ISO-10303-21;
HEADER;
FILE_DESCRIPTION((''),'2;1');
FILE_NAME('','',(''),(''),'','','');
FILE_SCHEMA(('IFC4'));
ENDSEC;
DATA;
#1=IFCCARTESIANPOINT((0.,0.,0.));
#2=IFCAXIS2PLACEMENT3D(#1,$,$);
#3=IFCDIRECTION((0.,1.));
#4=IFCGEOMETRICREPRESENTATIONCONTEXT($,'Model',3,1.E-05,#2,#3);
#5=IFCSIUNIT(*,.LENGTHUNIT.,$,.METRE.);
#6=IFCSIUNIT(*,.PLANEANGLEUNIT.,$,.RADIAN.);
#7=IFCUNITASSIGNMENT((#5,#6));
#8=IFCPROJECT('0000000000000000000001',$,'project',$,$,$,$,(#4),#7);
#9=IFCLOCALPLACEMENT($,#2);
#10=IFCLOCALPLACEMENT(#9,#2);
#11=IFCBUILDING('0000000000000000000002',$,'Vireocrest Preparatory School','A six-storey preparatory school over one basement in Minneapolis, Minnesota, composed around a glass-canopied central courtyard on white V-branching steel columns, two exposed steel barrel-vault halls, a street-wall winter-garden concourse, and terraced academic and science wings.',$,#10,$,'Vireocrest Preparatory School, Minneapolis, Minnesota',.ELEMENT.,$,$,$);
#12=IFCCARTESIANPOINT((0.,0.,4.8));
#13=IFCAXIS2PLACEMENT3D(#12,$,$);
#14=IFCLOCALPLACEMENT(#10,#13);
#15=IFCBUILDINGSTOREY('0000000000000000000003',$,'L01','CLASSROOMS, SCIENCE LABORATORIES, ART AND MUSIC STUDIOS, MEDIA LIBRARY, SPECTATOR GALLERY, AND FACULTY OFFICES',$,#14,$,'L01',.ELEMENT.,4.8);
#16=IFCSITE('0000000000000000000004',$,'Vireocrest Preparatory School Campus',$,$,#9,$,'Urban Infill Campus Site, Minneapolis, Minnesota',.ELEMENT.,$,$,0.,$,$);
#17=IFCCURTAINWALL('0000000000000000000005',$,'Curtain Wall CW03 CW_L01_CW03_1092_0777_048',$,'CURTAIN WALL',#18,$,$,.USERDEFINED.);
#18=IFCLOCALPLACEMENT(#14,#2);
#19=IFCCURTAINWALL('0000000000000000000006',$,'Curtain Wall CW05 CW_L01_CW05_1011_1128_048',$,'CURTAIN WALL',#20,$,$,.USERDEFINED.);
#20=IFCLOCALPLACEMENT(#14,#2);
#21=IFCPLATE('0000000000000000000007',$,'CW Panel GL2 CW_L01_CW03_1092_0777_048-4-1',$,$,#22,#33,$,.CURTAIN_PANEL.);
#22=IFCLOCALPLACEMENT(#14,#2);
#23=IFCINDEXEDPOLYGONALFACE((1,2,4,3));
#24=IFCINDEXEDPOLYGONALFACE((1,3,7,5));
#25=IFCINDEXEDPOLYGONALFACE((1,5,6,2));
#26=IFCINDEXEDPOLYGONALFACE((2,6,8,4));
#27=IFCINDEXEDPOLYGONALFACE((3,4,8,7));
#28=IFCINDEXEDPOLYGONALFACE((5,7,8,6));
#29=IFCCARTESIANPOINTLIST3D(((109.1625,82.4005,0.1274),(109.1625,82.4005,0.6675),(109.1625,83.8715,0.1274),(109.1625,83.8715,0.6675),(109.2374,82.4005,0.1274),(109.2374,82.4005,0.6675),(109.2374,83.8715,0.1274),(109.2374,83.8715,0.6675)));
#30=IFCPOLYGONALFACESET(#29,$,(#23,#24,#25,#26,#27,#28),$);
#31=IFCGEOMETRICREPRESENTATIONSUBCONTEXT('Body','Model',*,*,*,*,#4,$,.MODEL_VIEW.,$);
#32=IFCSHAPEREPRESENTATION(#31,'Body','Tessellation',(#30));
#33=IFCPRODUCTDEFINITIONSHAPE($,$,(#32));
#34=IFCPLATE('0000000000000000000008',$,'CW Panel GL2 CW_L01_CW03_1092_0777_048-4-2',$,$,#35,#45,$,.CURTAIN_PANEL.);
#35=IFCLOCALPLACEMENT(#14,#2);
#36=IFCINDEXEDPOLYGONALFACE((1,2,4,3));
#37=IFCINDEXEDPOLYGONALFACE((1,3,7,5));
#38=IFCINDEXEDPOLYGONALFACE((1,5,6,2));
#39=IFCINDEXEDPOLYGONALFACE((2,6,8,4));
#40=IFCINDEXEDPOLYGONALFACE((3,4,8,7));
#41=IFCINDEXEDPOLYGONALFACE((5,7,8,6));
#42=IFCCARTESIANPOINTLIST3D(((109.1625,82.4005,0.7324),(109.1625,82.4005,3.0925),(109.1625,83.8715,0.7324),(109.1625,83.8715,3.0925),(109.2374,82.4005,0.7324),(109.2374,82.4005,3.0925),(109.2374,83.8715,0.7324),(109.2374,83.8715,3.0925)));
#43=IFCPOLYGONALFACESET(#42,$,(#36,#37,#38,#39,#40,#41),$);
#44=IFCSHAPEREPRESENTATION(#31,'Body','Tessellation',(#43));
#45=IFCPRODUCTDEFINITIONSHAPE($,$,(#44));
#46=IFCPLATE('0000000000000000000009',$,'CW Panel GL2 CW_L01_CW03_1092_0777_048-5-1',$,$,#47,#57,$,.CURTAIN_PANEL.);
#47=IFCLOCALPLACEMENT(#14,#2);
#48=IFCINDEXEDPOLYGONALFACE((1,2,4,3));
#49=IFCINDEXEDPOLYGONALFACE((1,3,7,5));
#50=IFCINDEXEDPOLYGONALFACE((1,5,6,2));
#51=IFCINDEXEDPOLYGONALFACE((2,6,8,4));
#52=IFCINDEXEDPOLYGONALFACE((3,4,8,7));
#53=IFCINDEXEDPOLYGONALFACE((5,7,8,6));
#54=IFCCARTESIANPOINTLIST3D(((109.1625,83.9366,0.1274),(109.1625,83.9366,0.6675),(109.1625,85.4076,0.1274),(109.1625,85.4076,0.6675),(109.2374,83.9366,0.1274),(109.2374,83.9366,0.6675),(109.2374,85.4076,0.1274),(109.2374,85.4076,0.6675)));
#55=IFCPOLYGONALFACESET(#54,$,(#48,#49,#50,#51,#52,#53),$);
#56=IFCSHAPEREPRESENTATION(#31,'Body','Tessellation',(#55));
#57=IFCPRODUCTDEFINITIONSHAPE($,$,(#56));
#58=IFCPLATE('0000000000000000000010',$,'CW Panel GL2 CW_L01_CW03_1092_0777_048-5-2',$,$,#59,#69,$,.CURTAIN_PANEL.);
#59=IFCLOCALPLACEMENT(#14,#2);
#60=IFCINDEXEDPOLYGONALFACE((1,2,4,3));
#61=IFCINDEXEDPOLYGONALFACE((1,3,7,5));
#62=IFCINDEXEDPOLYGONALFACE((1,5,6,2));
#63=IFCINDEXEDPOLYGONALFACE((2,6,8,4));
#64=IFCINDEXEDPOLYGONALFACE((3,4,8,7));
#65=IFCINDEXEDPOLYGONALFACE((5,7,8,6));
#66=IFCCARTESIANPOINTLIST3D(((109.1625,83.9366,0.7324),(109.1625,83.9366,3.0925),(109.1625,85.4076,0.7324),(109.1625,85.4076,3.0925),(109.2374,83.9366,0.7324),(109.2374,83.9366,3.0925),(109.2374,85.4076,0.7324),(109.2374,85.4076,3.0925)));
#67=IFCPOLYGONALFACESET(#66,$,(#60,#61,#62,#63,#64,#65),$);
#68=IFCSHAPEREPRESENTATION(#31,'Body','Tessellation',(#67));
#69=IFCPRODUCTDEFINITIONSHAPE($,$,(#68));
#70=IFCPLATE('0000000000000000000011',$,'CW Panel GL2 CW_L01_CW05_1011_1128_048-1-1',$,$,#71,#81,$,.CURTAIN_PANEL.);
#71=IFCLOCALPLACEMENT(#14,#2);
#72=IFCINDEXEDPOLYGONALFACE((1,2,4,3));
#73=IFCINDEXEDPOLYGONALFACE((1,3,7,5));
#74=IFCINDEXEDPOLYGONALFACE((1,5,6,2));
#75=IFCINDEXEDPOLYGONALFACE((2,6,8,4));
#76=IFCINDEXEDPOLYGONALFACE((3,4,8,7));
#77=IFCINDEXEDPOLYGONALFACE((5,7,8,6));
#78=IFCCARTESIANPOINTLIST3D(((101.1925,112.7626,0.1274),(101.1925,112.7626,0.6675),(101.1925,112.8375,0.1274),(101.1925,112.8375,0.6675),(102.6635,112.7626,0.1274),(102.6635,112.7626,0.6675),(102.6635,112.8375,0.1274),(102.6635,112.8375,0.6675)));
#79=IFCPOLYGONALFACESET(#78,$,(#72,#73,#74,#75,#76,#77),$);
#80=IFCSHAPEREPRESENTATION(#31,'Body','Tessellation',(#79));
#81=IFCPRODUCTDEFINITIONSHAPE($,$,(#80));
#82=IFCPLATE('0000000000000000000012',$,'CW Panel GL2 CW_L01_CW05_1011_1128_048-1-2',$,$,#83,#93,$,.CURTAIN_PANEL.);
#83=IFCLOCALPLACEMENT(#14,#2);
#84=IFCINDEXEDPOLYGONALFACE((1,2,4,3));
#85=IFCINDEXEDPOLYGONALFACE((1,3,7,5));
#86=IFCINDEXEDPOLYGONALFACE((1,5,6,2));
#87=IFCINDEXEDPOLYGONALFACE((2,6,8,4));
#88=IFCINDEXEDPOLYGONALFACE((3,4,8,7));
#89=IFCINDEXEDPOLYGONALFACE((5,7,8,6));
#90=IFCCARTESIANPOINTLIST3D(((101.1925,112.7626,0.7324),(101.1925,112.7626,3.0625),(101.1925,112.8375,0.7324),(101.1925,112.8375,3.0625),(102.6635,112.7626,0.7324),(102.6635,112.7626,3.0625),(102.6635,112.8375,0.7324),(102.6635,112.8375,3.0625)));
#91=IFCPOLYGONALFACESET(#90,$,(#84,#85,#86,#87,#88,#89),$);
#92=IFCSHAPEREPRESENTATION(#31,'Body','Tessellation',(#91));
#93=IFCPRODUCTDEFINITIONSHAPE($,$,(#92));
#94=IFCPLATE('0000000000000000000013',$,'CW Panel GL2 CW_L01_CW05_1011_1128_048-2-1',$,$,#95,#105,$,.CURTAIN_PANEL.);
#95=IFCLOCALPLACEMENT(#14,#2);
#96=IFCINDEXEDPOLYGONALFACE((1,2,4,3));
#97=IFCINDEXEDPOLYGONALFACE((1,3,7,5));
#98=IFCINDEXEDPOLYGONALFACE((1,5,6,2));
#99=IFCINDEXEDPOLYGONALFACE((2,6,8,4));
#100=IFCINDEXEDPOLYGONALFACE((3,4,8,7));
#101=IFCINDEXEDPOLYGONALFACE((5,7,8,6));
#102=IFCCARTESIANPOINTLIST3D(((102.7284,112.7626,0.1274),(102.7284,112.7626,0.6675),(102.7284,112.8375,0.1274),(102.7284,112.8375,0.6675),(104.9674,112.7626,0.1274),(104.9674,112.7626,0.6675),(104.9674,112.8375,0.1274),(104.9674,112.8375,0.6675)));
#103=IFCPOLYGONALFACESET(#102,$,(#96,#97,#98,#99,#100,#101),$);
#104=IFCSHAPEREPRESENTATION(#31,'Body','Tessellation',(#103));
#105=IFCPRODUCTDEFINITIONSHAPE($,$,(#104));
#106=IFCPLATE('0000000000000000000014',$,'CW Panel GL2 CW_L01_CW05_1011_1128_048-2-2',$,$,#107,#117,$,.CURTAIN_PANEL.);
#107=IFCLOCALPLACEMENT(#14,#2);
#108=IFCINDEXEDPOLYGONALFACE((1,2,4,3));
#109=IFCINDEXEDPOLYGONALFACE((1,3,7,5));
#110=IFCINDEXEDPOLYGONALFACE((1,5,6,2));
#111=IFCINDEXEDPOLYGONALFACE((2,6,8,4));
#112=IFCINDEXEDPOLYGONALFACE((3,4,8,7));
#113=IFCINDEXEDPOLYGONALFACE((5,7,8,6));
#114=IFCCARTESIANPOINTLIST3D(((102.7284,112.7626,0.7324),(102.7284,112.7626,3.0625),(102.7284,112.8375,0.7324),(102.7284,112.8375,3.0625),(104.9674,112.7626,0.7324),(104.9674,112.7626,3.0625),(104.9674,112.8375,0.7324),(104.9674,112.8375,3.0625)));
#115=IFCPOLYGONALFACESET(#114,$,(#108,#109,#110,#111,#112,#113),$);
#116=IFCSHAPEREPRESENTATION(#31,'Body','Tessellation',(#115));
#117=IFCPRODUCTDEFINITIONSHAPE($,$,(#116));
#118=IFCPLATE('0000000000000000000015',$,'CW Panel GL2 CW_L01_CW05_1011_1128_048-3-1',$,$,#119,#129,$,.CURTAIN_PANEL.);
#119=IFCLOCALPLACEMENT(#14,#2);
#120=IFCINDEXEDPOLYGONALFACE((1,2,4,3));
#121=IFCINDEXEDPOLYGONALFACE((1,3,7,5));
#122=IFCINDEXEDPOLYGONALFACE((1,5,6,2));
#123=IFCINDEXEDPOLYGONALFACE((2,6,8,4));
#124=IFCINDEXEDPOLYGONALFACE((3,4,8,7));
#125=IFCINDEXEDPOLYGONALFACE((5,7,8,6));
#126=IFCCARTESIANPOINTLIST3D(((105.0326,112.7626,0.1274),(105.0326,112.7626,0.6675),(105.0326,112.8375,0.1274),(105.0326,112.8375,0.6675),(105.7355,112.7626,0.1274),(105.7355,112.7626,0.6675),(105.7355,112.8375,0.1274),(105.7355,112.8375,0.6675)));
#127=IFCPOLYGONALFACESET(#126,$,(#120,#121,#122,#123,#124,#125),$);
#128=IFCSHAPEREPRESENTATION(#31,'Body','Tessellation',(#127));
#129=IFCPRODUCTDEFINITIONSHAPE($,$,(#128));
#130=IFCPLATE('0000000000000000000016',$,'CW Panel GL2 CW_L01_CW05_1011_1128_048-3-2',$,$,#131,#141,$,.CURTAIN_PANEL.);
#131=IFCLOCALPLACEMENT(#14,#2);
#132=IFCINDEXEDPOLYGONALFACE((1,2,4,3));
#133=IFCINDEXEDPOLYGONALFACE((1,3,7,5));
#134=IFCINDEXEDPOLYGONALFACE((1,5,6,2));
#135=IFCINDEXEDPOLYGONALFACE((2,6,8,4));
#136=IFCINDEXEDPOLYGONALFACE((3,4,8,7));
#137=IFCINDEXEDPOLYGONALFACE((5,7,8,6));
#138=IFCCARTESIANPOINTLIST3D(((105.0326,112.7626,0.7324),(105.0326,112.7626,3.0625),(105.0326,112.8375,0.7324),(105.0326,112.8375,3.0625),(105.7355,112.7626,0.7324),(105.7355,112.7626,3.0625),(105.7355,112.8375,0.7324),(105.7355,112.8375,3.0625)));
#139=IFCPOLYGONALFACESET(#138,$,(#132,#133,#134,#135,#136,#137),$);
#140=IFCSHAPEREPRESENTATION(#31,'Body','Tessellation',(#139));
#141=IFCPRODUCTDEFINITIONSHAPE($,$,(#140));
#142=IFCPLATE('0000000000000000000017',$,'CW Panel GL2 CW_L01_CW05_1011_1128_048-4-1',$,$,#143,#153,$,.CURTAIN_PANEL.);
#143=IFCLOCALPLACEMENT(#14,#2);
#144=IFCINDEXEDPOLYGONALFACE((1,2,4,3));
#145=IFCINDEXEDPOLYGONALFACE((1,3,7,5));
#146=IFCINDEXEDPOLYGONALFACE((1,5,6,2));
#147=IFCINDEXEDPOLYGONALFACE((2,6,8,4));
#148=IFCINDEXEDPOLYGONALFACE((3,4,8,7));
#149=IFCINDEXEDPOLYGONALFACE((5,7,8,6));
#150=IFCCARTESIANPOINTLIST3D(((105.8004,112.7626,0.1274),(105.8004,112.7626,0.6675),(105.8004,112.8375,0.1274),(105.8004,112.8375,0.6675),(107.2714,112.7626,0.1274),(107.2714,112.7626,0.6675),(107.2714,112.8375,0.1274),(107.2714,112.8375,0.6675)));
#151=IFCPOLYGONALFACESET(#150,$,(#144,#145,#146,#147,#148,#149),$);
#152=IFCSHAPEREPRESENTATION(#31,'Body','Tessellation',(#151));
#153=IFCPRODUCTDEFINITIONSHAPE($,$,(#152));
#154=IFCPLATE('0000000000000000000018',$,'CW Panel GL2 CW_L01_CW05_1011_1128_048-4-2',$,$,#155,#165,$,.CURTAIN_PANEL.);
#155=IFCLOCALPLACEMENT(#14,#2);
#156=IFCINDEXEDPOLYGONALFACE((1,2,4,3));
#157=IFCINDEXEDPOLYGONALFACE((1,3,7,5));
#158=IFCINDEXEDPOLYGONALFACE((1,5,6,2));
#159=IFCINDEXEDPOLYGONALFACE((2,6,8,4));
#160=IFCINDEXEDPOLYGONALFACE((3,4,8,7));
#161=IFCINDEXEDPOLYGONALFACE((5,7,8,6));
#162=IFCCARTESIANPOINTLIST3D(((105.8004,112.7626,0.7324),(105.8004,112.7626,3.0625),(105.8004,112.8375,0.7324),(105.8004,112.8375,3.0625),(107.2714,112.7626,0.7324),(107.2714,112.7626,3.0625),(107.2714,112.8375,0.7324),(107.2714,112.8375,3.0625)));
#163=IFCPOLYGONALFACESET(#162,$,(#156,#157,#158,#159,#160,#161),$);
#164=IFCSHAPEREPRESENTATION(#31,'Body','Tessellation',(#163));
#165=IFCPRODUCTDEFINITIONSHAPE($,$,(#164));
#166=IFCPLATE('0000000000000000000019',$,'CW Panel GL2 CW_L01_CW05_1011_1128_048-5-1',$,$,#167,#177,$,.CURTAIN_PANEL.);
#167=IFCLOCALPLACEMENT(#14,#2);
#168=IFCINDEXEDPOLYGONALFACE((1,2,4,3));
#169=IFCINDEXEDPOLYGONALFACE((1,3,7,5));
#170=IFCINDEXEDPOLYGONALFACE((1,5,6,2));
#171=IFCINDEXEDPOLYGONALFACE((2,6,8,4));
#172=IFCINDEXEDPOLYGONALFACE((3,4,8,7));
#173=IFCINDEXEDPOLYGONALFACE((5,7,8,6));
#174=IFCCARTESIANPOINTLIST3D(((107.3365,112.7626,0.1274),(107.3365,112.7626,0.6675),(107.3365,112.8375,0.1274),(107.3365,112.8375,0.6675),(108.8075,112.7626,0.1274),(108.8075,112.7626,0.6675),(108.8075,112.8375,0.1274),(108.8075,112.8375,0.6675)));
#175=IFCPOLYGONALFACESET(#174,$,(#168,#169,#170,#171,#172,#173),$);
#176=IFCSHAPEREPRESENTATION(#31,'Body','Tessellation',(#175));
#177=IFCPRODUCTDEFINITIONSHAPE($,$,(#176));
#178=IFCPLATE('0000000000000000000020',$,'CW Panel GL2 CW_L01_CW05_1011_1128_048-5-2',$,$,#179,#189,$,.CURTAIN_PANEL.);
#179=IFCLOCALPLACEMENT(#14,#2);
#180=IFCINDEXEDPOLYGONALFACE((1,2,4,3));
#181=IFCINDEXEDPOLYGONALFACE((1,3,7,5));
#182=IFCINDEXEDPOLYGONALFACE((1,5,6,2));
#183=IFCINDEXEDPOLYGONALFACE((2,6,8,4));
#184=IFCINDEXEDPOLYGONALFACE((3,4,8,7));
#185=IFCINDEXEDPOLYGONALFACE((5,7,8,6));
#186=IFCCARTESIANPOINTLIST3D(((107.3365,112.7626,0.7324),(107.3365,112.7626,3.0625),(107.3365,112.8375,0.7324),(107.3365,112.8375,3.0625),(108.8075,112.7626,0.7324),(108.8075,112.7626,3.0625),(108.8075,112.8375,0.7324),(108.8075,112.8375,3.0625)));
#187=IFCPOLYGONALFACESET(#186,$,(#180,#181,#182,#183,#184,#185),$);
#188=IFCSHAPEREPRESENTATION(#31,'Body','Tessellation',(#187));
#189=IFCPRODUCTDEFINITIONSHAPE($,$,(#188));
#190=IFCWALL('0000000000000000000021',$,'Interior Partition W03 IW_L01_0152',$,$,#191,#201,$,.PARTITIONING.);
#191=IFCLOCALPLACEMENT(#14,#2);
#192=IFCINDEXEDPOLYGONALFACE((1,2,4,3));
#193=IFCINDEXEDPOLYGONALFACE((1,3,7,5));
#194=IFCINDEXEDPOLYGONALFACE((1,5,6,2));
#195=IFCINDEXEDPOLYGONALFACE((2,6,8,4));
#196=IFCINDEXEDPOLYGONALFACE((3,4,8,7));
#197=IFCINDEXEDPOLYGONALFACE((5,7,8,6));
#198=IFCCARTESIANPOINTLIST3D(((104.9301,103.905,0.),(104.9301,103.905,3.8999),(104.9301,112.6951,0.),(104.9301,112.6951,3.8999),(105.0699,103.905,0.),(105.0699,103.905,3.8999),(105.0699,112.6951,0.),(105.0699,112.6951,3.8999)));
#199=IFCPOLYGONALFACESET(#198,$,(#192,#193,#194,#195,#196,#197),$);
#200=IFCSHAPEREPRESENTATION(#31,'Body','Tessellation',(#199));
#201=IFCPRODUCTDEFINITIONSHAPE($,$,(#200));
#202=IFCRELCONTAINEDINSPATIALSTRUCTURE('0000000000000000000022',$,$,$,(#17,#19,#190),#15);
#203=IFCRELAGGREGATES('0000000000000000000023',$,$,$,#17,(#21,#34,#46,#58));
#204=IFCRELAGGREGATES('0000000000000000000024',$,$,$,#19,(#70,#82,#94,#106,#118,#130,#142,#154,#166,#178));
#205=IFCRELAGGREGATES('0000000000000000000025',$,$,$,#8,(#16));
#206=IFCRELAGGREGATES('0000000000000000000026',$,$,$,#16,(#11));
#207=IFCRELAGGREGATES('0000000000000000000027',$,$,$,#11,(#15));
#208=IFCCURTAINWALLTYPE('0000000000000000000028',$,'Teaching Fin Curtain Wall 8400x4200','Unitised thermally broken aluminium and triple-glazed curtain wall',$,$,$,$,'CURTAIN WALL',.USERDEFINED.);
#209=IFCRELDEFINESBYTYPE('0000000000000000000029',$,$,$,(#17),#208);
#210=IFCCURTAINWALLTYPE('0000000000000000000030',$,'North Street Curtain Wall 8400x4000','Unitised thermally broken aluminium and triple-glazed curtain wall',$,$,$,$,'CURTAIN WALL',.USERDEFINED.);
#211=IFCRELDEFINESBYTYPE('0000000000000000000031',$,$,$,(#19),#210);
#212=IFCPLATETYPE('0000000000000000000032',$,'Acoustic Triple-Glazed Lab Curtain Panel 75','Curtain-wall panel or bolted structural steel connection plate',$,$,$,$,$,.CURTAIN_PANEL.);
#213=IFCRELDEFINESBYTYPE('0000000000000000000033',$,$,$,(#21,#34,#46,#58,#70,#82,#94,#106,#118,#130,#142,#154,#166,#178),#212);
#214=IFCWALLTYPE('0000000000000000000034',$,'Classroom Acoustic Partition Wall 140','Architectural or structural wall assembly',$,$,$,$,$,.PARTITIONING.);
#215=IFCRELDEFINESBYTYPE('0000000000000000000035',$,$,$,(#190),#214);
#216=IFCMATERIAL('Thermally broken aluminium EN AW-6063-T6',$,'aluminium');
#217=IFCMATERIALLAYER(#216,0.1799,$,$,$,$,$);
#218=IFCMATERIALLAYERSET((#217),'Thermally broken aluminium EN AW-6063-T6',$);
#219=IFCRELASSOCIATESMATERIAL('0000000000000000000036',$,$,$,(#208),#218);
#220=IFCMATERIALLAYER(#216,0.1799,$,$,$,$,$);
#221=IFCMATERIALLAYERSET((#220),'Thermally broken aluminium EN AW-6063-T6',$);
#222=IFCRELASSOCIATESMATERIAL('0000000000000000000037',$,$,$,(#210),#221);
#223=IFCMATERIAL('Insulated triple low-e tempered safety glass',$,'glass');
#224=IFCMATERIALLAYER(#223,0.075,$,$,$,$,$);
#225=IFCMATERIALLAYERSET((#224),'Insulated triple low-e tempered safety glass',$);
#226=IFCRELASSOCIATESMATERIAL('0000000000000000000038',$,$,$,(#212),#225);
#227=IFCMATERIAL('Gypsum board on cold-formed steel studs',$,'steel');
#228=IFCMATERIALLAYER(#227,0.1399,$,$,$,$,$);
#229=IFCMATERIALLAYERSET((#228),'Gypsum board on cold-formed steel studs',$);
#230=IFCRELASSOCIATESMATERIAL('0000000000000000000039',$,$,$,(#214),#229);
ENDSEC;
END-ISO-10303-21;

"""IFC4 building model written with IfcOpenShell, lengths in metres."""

from ifc_helpers import new_model, si_unit, direction, frame, frame_2d, origin, origin_2d, place, context, subcontext, project, spatial, rectangle, extrude, material, layer, layer_set, type_object, element, aggregate, save


model = new_model("IFC4")

# Units and contexts
model_context = context("Model", 3, precision=1e-05, world=origin(), true_north=direction((0.0, 1.0)))
body_context = subcontext(model_context, "Body", "Model", "MODEL_VIEW")
ifc_project = project(units=[si_unit("LENGTHUNIT", "METRE"), si_unit("PLANEANGLEUNIT", "RADIAN")], contexts=[model_context])

# Site, building, storey
site_placement = place(None, origin())
site = spatial("IfcSite", under=ifc_project, at=site_placement, Name="Vireocrest Preparatory School Campus", LongName="Urban Infill Campus Site, Minneapolis, Minnesota", CompositionType="ELEMENT", RefElevation=0.0)
building_placement = place(site_placement, origin())
building = spatial("IfcBuilding", under=site, at=building_placement, Name="Vireocrest Preparatory School", Description="A six-storey preparatory school over one basement in Minneapolis, Minnesota, composed around a glass-canopied central courtyard on white V-branching steel columns, two exposed steel barrel-vault halls, a street-wall winter-garden concourse, and terraced academic and science wings.", LongName="Vireocrest Preparatory School, Minneapolis, Minnesota", CompositionType="ELEMENT")
storey_placement = place(building_placement, frame((0.0, 0.0, 4.8)))
storey = spatial("IfcBuildingStorey", under=building, at=storey_placement, Name="L01", Description="CLASSROOMS, SCIENCE LABORATORIES, ART AND MUSIC STUDIOS, MEDIA LIBRARY, SPECTATOR GALLERY, AND FACULTY OFFICES", LongName="L01", CompositionType="ELEMENT", Elevation=4.8)

# Curtain walls
ifc_material_1 = material(Name="Thermally broken aluminium EN AW-6063-T6", Category="aluminium")
ifc_layer_1 = layer(ifc_material_1, 0.1799)
ifc_layer_set_1 = layer_set([ifc_layer_1], Name="Thermally broken aluminium EN AW-6063-T6")
curtain_wall_type_1 = type_object("IfcCurtainWallType", Name="Teaching Fin Curtain Wall 8400x4200", Description="Unitised thermally broken aluminium and triple-glazed curtain wall", ElementType="CURTAIN WALL", PredefinedType="USERDEFINED", material=ifc_layer_set_1)
curtain_wall_1_placement = place(storey_placement, origin())
curtain_wall_1 = element("IfcCurtainWall", 1, at=curtain_wall_1_placement, inside=storey, type_object=curtain_wall_type_1, Name="Curtain Wall CW03 CW_L01_CW03_1092_0777_048", ObjectType="CURTAIN WALL", PredefinedType="USERDEFINED")
ifc_layer_2 = layer(ifc_material_1, 0.1799)
ifc_layer_set_2 = layer_set([ifc_layer_2], Name="Thermally broken aluminium EN AW-6063-T6")
curtain_wall_type_2 = type_object("IfcCurtainWallType", Name="North Street Curtain Wall 8400x4000", Description="Unitised thermally broken aluminium and triple-glazed curtain wall", ElementType="CURTAIN WALL", PredefinedType="USERDEFINED", material=ifc_layer_set_2)
curtain_wall_2_placement = place(storey_placement, origin())
curtain_wall_2 = element("IfcCurtainWall", 2, at=curtain_wall_2_placement, inside=storey, type_object=curtain_wall_type_2, Name="Curtain Wall CW05 CW_L01_CW05_1011_1128_048", ObjectType="CURTAIN WALL", PredefinedType="USERDEFINED")

# Plates
ifc_material_2 = material(Name="Insulated triple low-e tempered safety glass", Category="glass")
ifc_layer_3 = layer(ifc_material_2, 0.075)
ifc_layer_set_3 = layer_set([ifc_layer_3], Name="Insulated triple low-e tempered safety glass")
plate_type = type_object("IfcPlateType", Name="Acoustic Triple-Glazed Lab Curtain Panel 75", Description="Curtain-wall panel or bolted structural steel connection plate", PredefinedType="CURTAIN_PANEL", material=ifc_layer_set_3)
plate_1_placement = place(storey_placement, frame((109.2, 83.136, 0.1274), z_axis=(0.0, 0.0, 1.0), x_axis=(0.0, 1.0, 0.0)))
plate_1 = element("IfcPlate", 3, at=plate_1_placement, type_object=plate_type, Name="CW Panel GL2 CW_L01_CW03_1092_0777_048-4-1", PredefinedType="CURTAIN_PANEL", context=body_context, shape_type="SweptSolid", body=[
    extrude(rectangle(XDim=1.4709, YDim=0.075, at=origin_2d()), origin(), (0.0, 0.0, 1.0), 0.54),
])
plate_2_placement = place(storey_placement, frame((109.2, 83.136, 0.7324), z_axis=(0.0, 0.0, 1.0), x_axis=(0.0, 1.0, 0.0)))
plate_2 = element("IfcPlate", 4, at=plate_2_placement, type_object=plate_type, Name="CW Panel GL2 CW_L01_CW03_1092_0777_048-4-2", PredefinedType="CURTAIN_PANEL", context=body_context, shape_type="SweptSolid", body=[
    extrude(rectangle(XDim=1.4709, YDim=0.075, at=origin_2d()), origin(), (0.0, 0.0, 1.0), 2.3601),
])
plate_3_placement = place(storey_placement, frame((109.2, 84.6721, 0.1274), z_axis=(0.0, 0.0, 1.0), x_axis=(0.0, 1.0, 0.0)))
plate_3 = element("IfcPlate", 5, at=plate_3_placement, type_object=plate_type, Name="CW Panel GL2 CW_L01_CW03_1092_0777_048-5-1", PredefinedType="CURTAIN_PANEL", context=body_context, shape_type="SweptSolid", body=[
    extrude(rectangle(XDim=1.4709, YDim=0.075, at=origin_2d()), origin(), (0.0, 0.0, 1.0), 0.54),
])
plate_4_placement = place(storey_placement, frame((109.2, 84.6721, 0.7324), z_axis=(0.0, 0.0, 1.0), x_axis=(0.0, 1.0, 0.0)))
plate_4 = element("IfcPlate", 6, at=plate_4_placement, type_object=plate_type, Name="CW Panel GL2 CW_L01_CW03_1092_0777_048-5-2", PredefinedType="CURTAIN_PANEL", context=body_context, shape_type="SweptSolid", body=[
    extrude(rectangle(XDim=1.4709, YDim=0.075, at=origin_2d()), origin(), (0.0, 0.0, 1.0), 2.3601),
])
aggregate(curtain_wall_1, [plate_1, plate_2, plate_3, plate_4])
plate_5_placement = place(storey_placement, frame((101.928, 112.8, 0.1274), z_axis=(0.0, 0.0, 1.0), x_axis=(1.0, 0.0, 0.0)))
plate_5 = element("IfcPlate", 7, at=plate_5_placement, type_object=plate_type, Name="CW Panel GL2 CW_L01_CW05_1011_1128_048-1-1", PredefinedType="CURTAIN_PANEL", context=body_context, shape_type="SweptSolid", body=[
    extrude(rectangle(XDim=1.4709, YDim=0.075, at=origin_2d()), origin(), (0.0, 0.0, 1.0), 0.54),
])
plate_6_placement = place(storey_placement, frame((101.928, 112.8, 0.7324), z_axis=(0.0, 0.0, 1.0), x_axis=(1.0, 0.0, 0.0)))
plate_6 = element("IfcPlate", 8, at=plate_6_placement, type_object=plate_type, Name="CW Panel GL2 CW_L01_CW05_1011_1128_048-1-2", PredefinedType="CURTAIN_PANEL", context=body_context, shape_type="SweptSolid", body=[
    extrude(rectangle(XDim=1.4709, YDim=0.075, at=origin_2d()), origin(), (0.0, 0.0, 1.0), 2.3301),
])
plate_7_placement = place(storey_placement, frame((103.8479, 112.8, 0.1274), z_axis=(0.0, 0.0, 1.0), x_axis=(1.0, 0.0, 0.0)))
plate_7 = element("IfcPlate", 9, at=plate_7_placement, type_object=plate_type, Name="CW Panel GL2 CW_L01_CW05_1011_1128_048-2-1", PredefinedType="CURTAIN_PANEL", context=body_context, shape_type="SweptSolid", body=[
    extrude(rectangle(XDim=2.239, YDim=0.075, at=origin_2d()), origin(), (0.0, 0.0, 1.0), 0.54),
])
plate_8_placement = place(storey_placement, frame((103.8479, 112.8, 0.7324), z_axis=(0.0, 0.0, 1.0), x_axis=(1.0, 0.0, 0.0)))
plate_8 = element("IfcPlate", 10, at=plate_8_placement, type_object=plate_type, Name="CW Panel GL2 CW_L01_CW05_1011_1128_048-2-2", PredefinedType="CURTAIN_PANEL", context=body_context, shape_type="SweptSolid", body=[
    extrude(rectangle(XDim=2.239, YDim=0.075, at=origin_2d()), origin(), (0.0, 0.0, 1.0), 2.3301),
])
plate_9_placement = place(storey_placement, frame((105.384, 112.8, 0.1274), z_axis=(0.0, 0.0, 1.0), x_axis=(1.0, 0.0, 0.0)))
plate_9 = element("IfcPlate", 11, at=plate_9_placement, type_object=plate_type, Name="CW Panel GL2 CW_L01_CW05_1011_1128_048-3-1", PredefinedType="CURTAIN_PANEL", context=body_context, shape_type="SweptSolid", body=[
    extrude(rectangle(XDim=0.7029, YDim=0.075, at=origin_2d()), origin(), (0.0, 0.0, 1.0), 0.54),
])
plate_10_placement = place(storey_placement, frame((105.384, 112.8, 0.7324), z_axis=(0.0, 0.0, 1.0), x_axis=(1.0, 0.0, 0.0)))
plate_10 = element("IfcPlate", 12, at=plate_10_placement, type_object=plate_type, Name="CW Panel GL2 CW_L01_CW05_1011_1128_048-3-2", PredefinedType="CURTAIN_PANEL", context=body_context, shape_type="SweptSolid", body=[
    extrude(rectangle(XDim=0.7029, YDim=0.075, at=origin_2d()), origin(), (0.0, 0.0, 1.0), 2.3301),
])
plate_11_placement = place(storey_placement, frame((106.5359, 112.8, 0.1274), z_axis=(0.0, 0.0, 1.0), x_axis=(1.0, 0.0, 0.0)))
plate_11 = element("IfcPlate", 13, at=plate_11_placement, type_object=plate_type, Name="CW Panel GL2 CW_L01_CW05_1011_1128_048-4-1", PredefinedType="CURTAIN_PANEL", context=body_context, shape_type="SweptSolid", body=[
    extrude(rectangle(XDim=1.4709, YDim=0.075, at=origin_2d()), origin(), (0.0, 0.0, 1.0), 0.54),
])
plate_12_placement = place(storey_placement, frame((106.5359, 112.8, 0.7324), z_axis=(0.0, 0.0, 1.0), x_axis=(1.0, 0.0, 0.0)))
plate_12 = element("IfcPlate", 14, at=plate_12_placement, type_object=plate_type, Name="CW Panel GL2 CW_L01_CW05_1011_1128_048-4-2", PredefinedType="CURTAIN_PANEL", context=body_context, shape_type="SweptSolid", body=[
    extrude(rectangle(XDim=1.4709, YDim=0.075, at=origin_2d()), origin(), (0.0, 0.0, 1.0), 2.3301),
])
plate_13_placement = place(storey_placement, frame((108.072, 112.8, 0.1274), z_axis=(0.0, 0.0, 1.0), x_axis=(1.0, 0.0, 0.0)))
plate_13 = element("IfcPlate", 15, at=plate_13_placement, type_object=plate_type, Name="CW Panel GL2 CW_L01_CW05_1011_1128_048-5-1", PredefinedType="CURTAIN_PANEL", context=body_context, shape_type="SweptSolid", body=[
    extrude(rectangle(XDim=1.4709, YDim=0.075, at=origin_2d()), origin(), (0.0, 0.0, 1.0), 0.54),
])
plate_14_placement = place(storey_placement, frame((108.072, 112.8, 0.7324), z_axis=(0.0, 0.0, 1.0), x_axis=(1.0, 0.0, 0.0)))
plate_14 = element("IfcPlate", 16, at=plate_14_placement, type_object=plate_type, Name="CW Panel GL2 CW_L01_CW05_1011_1128_048-5-2", PredefinedType="CURTAIN_PANEL", context=body_context, shape_type="SweptSolid", body=[
    extrude(rectangle(XDim=1.4709, YDim=0.075, at=origin_2d()), origin(), (0.0, 0.0, 1.0), 2.3301),
])
aggregate(curtain_wall_2, [plate_5, plate_6, plate_7, plate_8, plate_9, plate_10, plate_11, plate_12, plate_13, plate_14])

# Wall
ifc_material_3 = material(Name="Gypsum board on cold-formed steel studs", Category="steel")
ifc_layer_4 = layer(ifc_material_3, 0.1399)
ifc_layer_set_4 = layer_set([ifc_layer_4], Name="Gypsum board on cold-formed steel studs")
wall_type_1 = type_object("IfcWallType", Name="Classroom Acoustic Partition Wall 140", Description="Architectural or structural wall assembly", PredefinedType="PARTITIONING", material=ifc_layer_set_4)
wall_1_placement = place(storey_placement, frame((105.0, 103.905, 0.0), z_axis=(0.0, 0.0, 1.0), x_axis=(0.0, 1.0, 0.0)))
element("IfcWall", 17, at=wall_1_placement, inside=storey, type_object=wall_type_1, Name="Interior Partition W03 IW_L01_0152", PredefinedType="PARTITIONING", context=body_context, shape_type="SweptSolid", body=[
    extrude(rectangle(XDim=8.79, YDim=0.1399, at=frame_2d((4.395, 0.0))), origin(), (0.0, 0.0, 1.0), 3.8999),
])

save(model, "model.ifc")
